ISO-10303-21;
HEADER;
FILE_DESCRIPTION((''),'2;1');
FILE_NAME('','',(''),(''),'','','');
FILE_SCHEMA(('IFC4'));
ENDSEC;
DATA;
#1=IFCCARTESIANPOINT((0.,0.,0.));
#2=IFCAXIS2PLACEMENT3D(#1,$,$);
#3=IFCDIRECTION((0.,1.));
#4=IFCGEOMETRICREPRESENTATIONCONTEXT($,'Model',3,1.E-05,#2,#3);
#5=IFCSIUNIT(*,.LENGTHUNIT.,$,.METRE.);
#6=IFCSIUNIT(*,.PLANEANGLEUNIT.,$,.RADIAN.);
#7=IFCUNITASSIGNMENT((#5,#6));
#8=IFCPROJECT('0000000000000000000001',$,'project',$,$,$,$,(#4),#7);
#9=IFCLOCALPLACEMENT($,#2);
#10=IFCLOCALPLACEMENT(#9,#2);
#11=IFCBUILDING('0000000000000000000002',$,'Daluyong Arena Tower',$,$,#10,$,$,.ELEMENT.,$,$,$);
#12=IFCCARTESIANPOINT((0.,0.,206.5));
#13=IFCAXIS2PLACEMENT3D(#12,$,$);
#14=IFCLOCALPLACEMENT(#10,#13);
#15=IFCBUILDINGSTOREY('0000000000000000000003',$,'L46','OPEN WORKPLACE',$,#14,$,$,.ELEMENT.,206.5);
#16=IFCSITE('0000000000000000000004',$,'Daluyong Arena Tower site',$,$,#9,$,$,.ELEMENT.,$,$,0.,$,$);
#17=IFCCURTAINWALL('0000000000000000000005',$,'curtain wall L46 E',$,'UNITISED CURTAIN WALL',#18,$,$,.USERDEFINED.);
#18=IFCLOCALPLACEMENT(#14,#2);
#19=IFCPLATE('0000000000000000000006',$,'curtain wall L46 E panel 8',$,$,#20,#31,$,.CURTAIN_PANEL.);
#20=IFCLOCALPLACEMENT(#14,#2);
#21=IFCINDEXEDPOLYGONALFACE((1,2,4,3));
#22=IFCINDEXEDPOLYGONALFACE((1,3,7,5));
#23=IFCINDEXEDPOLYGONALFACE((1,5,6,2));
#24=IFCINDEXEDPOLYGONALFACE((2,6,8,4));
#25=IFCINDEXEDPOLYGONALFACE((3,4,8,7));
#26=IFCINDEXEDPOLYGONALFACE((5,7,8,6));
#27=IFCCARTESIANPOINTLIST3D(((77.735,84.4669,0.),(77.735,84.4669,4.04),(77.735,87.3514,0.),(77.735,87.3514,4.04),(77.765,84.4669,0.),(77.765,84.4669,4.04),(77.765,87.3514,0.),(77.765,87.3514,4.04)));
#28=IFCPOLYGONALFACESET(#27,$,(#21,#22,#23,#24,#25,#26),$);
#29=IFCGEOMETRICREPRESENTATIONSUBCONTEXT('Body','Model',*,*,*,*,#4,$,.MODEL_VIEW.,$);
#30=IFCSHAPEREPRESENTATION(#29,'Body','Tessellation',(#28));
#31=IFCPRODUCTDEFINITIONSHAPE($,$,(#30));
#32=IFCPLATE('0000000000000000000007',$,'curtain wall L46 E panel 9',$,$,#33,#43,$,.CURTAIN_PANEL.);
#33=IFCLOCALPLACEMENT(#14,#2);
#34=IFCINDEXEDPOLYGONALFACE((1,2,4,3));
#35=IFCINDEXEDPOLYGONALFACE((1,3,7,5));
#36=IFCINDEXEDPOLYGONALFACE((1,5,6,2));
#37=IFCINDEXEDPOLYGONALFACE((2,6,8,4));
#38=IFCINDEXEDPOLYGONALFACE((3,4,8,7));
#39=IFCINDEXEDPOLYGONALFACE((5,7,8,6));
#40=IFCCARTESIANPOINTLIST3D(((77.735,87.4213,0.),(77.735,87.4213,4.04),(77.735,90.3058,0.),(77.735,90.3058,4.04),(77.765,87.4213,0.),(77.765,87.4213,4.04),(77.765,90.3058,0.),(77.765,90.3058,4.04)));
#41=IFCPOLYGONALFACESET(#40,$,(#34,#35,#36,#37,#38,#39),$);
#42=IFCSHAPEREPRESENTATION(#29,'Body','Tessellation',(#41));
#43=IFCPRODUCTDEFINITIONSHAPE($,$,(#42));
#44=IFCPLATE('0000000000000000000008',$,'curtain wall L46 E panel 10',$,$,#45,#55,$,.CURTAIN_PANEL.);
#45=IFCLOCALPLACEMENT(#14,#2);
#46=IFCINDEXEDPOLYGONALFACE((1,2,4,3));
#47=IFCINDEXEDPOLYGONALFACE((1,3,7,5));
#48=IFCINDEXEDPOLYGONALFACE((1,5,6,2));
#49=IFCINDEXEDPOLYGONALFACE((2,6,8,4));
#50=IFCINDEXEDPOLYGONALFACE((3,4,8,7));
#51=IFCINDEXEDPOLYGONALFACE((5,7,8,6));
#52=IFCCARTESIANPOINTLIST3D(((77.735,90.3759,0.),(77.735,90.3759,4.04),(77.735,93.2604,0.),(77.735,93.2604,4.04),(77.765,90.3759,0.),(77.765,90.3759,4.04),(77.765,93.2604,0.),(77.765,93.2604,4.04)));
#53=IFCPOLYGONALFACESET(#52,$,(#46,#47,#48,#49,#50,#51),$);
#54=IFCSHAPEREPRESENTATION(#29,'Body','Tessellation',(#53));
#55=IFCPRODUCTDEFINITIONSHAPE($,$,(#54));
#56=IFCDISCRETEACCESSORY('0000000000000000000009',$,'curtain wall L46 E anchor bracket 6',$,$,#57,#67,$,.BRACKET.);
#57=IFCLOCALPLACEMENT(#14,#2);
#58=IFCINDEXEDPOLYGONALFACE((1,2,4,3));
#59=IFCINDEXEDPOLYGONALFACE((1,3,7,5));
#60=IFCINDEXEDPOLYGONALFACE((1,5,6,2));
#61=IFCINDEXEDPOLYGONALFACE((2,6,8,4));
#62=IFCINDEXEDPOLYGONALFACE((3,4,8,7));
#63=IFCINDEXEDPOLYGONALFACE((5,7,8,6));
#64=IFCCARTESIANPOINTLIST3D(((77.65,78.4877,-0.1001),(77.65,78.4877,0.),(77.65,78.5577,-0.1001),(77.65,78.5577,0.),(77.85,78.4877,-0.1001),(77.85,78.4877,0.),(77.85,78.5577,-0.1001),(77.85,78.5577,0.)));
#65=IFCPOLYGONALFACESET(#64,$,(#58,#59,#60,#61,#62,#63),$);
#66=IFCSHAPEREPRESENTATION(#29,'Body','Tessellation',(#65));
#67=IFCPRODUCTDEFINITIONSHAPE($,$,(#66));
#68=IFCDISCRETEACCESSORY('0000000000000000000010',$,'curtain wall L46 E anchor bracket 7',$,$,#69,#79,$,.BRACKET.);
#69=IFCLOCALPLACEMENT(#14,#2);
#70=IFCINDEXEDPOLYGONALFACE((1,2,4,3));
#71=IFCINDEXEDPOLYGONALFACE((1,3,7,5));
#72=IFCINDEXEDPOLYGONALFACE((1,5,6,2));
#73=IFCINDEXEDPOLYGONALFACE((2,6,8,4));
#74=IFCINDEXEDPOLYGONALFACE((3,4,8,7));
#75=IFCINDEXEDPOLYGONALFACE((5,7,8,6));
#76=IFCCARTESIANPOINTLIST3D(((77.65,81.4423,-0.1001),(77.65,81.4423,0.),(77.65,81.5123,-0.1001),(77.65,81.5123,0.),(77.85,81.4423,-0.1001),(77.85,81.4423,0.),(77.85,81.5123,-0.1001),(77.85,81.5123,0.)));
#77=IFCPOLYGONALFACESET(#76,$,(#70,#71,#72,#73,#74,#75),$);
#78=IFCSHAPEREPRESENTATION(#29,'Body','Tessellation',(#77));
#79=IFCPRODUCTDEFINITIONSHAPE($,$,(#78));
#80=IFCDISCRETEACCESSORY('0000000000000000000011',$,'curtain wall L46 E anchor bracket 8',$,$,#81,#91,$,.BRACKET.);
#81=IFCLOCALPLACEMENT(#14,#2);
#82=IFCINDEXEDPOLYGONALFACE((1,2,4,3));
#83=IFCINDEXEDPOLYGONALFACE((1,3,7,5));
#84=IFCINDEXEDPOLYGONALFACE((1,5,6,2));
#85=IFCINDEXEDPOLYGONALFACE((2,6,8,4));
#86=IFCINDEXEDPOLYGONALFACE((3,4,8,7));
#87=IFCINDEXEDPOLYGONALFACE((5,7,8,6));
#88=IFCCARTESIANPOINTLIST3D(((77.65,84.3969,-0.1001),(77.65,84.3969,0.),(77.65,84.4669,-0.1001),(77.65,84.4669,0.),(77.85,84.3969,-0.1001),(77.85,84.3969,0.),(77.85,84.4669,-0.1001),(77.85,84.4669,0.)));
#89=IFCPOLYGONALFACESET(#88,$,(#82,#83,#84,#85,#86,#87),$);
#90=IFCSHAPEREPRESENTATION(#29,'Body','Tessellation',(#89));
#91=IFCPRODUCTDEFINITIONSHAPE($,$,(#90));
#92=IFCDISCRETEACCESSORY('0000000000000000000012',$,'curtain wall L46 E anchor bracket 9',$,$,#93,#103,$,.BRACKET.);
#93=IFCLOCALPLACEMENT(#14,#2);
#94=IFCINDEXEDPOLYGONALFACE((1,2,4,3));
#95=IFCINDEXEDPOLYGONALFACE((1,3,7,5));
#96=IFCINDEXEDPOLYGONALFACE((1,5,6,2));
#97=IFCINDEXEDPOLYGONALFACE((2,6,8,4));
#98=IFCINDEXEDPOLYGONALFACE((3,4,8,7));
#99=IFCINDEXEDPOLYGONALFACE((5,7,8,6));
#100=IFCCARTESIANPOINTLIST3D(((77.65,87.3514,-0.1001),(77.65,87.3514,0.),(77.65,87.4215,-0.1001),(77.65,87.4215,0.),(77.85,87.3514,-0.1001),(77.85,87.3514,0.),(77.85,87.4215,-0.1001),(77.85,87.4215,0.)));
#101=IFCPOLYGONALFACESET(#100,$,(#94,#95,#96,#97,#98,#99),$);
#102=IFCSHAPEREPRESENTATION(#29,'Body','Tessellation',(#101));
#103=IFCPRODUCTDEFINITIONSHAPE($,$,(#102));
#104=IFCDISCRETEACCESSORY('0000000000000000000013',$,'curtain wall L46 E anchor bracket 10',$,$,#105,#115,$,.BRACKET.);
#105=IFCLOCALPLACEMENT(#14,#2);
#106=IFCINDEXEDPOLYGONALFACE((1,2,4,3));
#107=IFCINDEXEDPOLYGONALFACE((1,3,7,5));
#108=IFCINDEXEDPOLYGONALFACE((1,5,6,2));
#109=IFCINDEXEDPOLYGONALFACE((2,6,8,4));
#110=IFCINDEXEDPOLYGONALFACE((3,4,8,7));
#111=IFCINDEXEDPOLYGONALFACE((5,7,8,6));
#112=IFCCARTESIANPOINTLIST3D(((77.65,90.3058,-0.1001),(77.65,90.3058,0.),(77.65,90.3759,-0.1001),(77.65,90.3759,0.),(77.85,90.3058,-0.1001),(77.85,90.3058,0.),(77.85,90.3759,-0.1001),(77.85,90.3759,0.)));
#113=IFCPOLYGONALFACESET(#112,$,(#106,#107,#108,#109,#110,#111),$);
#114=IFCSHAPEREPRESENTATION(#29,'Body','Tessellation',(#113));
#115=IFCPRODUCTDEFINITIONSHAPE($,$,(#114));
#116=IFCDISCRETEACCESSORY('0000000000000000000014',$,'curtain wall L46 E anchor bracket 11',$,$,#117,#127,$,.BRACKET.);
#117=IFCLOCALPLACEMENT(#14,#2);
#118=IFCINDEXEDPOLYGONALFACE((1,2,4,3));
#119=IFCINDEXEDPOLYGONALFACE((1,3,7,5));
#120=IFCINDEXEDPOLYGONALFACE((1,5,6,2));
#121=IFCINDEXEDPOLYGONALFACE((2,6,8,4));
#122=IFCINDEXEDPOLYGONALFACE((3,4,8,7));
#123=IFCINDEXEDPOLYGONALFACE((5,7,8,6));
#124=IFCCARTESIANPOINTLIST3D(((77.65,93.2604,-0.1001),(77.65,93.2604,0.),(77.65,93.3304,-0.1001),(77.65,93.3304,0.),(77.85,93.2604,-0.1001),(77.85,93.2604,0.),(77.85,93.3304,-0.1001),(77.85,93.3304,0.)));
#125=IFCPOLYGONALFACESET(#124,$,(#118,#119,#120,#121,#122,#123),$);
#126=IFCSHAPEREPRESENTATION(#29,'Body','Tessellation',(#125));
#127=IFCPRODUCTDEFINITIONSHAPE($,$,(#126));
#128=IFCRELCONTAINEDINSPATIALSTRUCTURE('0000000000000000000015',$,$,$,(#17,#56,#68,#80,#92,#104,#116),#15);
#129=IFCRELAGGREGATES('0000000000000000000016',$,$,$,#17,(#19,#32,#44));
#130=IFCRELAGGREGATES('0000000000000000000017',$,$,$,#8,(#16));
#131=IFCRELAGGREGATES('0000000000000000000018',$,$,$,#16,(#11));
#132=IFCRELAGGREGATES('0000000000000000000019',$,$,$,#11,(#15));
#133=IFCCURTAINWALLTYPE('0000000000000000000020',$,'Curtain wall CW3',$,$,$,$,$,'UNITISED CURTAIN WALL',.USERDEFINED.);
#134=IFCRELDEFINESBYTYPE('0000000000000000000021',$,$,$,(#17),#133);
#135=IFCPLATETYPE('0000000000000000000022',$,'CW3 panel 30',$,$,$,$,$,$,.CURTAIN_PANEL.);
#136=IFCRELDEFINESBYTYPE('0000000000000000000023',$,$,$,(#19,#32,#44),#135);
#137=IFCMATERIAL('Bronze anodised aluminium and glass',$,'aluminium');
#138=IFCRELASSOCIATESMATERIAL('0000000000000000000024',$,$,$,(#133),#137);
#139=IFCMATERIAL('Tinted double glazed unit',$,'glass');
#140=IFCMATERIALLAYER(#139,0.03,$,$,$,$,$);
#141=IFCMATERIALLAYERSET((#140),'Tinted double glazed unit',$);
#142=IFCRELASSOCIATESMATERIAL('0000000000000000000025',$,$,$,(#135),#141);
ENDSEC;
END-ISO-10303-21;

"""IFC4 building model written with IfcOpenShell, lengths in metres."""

from ifc_helpers import new_model, si_unit, direction, frame, origin, origin_2d, place, context, subcontext, project, spatial, rectangle, extrude, material, layer, layer_set, type_object, element, aggregate, save


model = new_model("IFC4")

# Units and contexts
model_context = context("Model", 3, precision=1e-05, world=origin(), true_north=direction((0.0, 1.0)))
body_context = subcontext(model_context, "Body", "Model", "MODEL_VIEW")
ifc_project = project(units=[si_unit("LENGTHUNIT", "METRE"), si_unit("PLANEANGLEUNIT", "RADIAN")], contexts=[model_context])

# Site, building, storey
site_placement = place(None, origin())
site = spatial("IfcSite", under=ifc_project, at=site_placement, Name="Daluyong Arena Tower site", CompositionType="ELEMENT", RefElevation=0.0)
building_placement = place(site_placement, origin())
building = spatial("IfcBuilding", under=site, at=building_placement, Name="Daluyong Arena Tower", CompositionType="ELEMENT")
storey_placement = place(building_placement, frame((0.0, 0.0, 206.5)))
storey = spatial("IfcBuildingStorey", under=building, at=storey_placement, Name="L46", Description="OPEN WORKPLACE", CompositionType="ELEMENT", Elevation=206.5)

# Curtain wall
ifc_material_1 = material(Name="Bronze anodised aluminium and glass", Category="aluminium")
curtain_wall_type = type_object("IfcCurtainWallType", Name="Curtain wall CW3", ElementType="UNITISED CURTAIN WALL", PredefinedType="USERDEFINED", material=ifc_material_1)
curtain_wall_placement = place(storey_placement, origin())
curtain_wall = element("IfcCurtainWall", 1, at=curtain_wall_placement, inside=storey, type_object=curtain_wall_type, Name="curtain wall L46 E", ObjectType="UNITISED CURTAIN WALL", PredefinedType="USERDEFINED")

# Plates
ifc_material_2 = material(Name="Tinted double glazed unit", Category="glass")
ifc_layer = layer(ifc_material_2, 0.03)
ifc_layer_set = layer_set([ifc_layer], Name="Tinted double glazed unit")
plate_type = type_object("IfcPlateType", Name="CW3 panel 30", PredefinedType="CURTAIN_PANEL", material=ifc_layer_set)
plate_1_placement = place(storey_placement, frame((77.75, 85.9092, 0.0), z_axis=(0.0, 0.0, 1.0), x_axis=(0.0, 1.0, 0.0)))
plate_1 = element("IfcPlate", 2, at=plate_1_placement, type_object=plate_type, Name="curtain wall L46 E panel 8", PredefinedType="CURTAIN_PANEL", context=body_context, shape_type="SweptSolid", body=[
    extrude(rectangle(XDim=2.8845, YDim=0.03, at=origin_2d()), origin(), (0.0, 0.0, 1.0), 4.04),
])
plate_2_placement = place(storey_placement, frame((77.75, 88.8635, 0.0), z_axis=(0.0, 0.0, 1.0), x_axis=(0.0, 1.0, 0.0)))
plate_2 = element("IfcPlate", 3, at=plate_2_placement, type_object=plate_type, Name="curtain wall L46 E panel 9", PredefinedType="CURTAIN_PANEL", context=body_context, shape_type="SweptSolid", body=[
    extrude(rectangle(XDim=2.8845, YDim=0.03, at=origin_2d()), origin(), (0.0, 0.0, 1.0), 4.04),
])
plate_3_placement = place(storey_placement, frame((77.75, 91.8181, 0.0), z_axis=(0.0, 0.0, 1.0), x_axis=(0.0, 1.0, 0.0)))
plate_3 = element("IfcPlate", 4, at=plate_3_placement, type_object=plate_type, Name="curtain wall L46 E panel 10", PredefinedType="CURTAIN_PANEL", context=body_context, shape_type="SweptSolid", body=[
    extrude(rectangle(XDim=2.8845, YDim=0.03, at=origin_2d()), origin(), (0.0, 0.0, 1.0), 4.04),
])
aggregate(curtain_wall, [plate_1, plate_2, plate_3])

# Discrete accessories
for number, where, z_axis, x_axis, name in (
    (5, (77.75, 78.5227, -0.1001), (0.0, 0.0, 1.0), (0.0, 1.0, 0.0), "curtain wall L46 E anchor bracket 6"),
    (6, (77.75, 81.4773, -0.1001), (0.0, 0.0, 1.0), (0.0, 1.0, 0.0), "curtain wall L46 E anchor bracket 7"),
    (7, (77.75, 84.4319, -0.1001), (0.0, 0.0, 1.0), (0.0, 1.0, 0.0), "curtain wall L46 E anchor bracket 8"),
    (8, (77.75, 87.3865, -0.1001), (0.0, 0.0, 1.0), (0.0, 1.0, 0.0), "curtain wall L46 E anchor bracket 9"),
    (9, (77.75, 90.3408, -0.1001), (0.0, 0.0, 1.0), (0.0, 1.0, 0.0), "curtain wall L46 E anchor bracket 10"),
    (10, (77.75, 93.2954, -0.1001), (0.0, 0.0, 1.0), (0.0, 1.0, 0.0), "curtain wall L46 E anchor bracket 11"),
):
    element("IfcDiscreteAccessory", number, at=place(storey_placement, frame(where, z_axis=z_axis, x_axis=x_axis)), inside=storey, Name=name, PredefinedType="BRACKET", context=body_context, shape_type="SweptSolid", body=[
        extrude(rectangle(XDim=0.0701, YDim=0.2, at=origin_2d()), origin(), (0.0, 0.0, 1.0), 0.1001),
    ])

save(model, "model.ifc")
